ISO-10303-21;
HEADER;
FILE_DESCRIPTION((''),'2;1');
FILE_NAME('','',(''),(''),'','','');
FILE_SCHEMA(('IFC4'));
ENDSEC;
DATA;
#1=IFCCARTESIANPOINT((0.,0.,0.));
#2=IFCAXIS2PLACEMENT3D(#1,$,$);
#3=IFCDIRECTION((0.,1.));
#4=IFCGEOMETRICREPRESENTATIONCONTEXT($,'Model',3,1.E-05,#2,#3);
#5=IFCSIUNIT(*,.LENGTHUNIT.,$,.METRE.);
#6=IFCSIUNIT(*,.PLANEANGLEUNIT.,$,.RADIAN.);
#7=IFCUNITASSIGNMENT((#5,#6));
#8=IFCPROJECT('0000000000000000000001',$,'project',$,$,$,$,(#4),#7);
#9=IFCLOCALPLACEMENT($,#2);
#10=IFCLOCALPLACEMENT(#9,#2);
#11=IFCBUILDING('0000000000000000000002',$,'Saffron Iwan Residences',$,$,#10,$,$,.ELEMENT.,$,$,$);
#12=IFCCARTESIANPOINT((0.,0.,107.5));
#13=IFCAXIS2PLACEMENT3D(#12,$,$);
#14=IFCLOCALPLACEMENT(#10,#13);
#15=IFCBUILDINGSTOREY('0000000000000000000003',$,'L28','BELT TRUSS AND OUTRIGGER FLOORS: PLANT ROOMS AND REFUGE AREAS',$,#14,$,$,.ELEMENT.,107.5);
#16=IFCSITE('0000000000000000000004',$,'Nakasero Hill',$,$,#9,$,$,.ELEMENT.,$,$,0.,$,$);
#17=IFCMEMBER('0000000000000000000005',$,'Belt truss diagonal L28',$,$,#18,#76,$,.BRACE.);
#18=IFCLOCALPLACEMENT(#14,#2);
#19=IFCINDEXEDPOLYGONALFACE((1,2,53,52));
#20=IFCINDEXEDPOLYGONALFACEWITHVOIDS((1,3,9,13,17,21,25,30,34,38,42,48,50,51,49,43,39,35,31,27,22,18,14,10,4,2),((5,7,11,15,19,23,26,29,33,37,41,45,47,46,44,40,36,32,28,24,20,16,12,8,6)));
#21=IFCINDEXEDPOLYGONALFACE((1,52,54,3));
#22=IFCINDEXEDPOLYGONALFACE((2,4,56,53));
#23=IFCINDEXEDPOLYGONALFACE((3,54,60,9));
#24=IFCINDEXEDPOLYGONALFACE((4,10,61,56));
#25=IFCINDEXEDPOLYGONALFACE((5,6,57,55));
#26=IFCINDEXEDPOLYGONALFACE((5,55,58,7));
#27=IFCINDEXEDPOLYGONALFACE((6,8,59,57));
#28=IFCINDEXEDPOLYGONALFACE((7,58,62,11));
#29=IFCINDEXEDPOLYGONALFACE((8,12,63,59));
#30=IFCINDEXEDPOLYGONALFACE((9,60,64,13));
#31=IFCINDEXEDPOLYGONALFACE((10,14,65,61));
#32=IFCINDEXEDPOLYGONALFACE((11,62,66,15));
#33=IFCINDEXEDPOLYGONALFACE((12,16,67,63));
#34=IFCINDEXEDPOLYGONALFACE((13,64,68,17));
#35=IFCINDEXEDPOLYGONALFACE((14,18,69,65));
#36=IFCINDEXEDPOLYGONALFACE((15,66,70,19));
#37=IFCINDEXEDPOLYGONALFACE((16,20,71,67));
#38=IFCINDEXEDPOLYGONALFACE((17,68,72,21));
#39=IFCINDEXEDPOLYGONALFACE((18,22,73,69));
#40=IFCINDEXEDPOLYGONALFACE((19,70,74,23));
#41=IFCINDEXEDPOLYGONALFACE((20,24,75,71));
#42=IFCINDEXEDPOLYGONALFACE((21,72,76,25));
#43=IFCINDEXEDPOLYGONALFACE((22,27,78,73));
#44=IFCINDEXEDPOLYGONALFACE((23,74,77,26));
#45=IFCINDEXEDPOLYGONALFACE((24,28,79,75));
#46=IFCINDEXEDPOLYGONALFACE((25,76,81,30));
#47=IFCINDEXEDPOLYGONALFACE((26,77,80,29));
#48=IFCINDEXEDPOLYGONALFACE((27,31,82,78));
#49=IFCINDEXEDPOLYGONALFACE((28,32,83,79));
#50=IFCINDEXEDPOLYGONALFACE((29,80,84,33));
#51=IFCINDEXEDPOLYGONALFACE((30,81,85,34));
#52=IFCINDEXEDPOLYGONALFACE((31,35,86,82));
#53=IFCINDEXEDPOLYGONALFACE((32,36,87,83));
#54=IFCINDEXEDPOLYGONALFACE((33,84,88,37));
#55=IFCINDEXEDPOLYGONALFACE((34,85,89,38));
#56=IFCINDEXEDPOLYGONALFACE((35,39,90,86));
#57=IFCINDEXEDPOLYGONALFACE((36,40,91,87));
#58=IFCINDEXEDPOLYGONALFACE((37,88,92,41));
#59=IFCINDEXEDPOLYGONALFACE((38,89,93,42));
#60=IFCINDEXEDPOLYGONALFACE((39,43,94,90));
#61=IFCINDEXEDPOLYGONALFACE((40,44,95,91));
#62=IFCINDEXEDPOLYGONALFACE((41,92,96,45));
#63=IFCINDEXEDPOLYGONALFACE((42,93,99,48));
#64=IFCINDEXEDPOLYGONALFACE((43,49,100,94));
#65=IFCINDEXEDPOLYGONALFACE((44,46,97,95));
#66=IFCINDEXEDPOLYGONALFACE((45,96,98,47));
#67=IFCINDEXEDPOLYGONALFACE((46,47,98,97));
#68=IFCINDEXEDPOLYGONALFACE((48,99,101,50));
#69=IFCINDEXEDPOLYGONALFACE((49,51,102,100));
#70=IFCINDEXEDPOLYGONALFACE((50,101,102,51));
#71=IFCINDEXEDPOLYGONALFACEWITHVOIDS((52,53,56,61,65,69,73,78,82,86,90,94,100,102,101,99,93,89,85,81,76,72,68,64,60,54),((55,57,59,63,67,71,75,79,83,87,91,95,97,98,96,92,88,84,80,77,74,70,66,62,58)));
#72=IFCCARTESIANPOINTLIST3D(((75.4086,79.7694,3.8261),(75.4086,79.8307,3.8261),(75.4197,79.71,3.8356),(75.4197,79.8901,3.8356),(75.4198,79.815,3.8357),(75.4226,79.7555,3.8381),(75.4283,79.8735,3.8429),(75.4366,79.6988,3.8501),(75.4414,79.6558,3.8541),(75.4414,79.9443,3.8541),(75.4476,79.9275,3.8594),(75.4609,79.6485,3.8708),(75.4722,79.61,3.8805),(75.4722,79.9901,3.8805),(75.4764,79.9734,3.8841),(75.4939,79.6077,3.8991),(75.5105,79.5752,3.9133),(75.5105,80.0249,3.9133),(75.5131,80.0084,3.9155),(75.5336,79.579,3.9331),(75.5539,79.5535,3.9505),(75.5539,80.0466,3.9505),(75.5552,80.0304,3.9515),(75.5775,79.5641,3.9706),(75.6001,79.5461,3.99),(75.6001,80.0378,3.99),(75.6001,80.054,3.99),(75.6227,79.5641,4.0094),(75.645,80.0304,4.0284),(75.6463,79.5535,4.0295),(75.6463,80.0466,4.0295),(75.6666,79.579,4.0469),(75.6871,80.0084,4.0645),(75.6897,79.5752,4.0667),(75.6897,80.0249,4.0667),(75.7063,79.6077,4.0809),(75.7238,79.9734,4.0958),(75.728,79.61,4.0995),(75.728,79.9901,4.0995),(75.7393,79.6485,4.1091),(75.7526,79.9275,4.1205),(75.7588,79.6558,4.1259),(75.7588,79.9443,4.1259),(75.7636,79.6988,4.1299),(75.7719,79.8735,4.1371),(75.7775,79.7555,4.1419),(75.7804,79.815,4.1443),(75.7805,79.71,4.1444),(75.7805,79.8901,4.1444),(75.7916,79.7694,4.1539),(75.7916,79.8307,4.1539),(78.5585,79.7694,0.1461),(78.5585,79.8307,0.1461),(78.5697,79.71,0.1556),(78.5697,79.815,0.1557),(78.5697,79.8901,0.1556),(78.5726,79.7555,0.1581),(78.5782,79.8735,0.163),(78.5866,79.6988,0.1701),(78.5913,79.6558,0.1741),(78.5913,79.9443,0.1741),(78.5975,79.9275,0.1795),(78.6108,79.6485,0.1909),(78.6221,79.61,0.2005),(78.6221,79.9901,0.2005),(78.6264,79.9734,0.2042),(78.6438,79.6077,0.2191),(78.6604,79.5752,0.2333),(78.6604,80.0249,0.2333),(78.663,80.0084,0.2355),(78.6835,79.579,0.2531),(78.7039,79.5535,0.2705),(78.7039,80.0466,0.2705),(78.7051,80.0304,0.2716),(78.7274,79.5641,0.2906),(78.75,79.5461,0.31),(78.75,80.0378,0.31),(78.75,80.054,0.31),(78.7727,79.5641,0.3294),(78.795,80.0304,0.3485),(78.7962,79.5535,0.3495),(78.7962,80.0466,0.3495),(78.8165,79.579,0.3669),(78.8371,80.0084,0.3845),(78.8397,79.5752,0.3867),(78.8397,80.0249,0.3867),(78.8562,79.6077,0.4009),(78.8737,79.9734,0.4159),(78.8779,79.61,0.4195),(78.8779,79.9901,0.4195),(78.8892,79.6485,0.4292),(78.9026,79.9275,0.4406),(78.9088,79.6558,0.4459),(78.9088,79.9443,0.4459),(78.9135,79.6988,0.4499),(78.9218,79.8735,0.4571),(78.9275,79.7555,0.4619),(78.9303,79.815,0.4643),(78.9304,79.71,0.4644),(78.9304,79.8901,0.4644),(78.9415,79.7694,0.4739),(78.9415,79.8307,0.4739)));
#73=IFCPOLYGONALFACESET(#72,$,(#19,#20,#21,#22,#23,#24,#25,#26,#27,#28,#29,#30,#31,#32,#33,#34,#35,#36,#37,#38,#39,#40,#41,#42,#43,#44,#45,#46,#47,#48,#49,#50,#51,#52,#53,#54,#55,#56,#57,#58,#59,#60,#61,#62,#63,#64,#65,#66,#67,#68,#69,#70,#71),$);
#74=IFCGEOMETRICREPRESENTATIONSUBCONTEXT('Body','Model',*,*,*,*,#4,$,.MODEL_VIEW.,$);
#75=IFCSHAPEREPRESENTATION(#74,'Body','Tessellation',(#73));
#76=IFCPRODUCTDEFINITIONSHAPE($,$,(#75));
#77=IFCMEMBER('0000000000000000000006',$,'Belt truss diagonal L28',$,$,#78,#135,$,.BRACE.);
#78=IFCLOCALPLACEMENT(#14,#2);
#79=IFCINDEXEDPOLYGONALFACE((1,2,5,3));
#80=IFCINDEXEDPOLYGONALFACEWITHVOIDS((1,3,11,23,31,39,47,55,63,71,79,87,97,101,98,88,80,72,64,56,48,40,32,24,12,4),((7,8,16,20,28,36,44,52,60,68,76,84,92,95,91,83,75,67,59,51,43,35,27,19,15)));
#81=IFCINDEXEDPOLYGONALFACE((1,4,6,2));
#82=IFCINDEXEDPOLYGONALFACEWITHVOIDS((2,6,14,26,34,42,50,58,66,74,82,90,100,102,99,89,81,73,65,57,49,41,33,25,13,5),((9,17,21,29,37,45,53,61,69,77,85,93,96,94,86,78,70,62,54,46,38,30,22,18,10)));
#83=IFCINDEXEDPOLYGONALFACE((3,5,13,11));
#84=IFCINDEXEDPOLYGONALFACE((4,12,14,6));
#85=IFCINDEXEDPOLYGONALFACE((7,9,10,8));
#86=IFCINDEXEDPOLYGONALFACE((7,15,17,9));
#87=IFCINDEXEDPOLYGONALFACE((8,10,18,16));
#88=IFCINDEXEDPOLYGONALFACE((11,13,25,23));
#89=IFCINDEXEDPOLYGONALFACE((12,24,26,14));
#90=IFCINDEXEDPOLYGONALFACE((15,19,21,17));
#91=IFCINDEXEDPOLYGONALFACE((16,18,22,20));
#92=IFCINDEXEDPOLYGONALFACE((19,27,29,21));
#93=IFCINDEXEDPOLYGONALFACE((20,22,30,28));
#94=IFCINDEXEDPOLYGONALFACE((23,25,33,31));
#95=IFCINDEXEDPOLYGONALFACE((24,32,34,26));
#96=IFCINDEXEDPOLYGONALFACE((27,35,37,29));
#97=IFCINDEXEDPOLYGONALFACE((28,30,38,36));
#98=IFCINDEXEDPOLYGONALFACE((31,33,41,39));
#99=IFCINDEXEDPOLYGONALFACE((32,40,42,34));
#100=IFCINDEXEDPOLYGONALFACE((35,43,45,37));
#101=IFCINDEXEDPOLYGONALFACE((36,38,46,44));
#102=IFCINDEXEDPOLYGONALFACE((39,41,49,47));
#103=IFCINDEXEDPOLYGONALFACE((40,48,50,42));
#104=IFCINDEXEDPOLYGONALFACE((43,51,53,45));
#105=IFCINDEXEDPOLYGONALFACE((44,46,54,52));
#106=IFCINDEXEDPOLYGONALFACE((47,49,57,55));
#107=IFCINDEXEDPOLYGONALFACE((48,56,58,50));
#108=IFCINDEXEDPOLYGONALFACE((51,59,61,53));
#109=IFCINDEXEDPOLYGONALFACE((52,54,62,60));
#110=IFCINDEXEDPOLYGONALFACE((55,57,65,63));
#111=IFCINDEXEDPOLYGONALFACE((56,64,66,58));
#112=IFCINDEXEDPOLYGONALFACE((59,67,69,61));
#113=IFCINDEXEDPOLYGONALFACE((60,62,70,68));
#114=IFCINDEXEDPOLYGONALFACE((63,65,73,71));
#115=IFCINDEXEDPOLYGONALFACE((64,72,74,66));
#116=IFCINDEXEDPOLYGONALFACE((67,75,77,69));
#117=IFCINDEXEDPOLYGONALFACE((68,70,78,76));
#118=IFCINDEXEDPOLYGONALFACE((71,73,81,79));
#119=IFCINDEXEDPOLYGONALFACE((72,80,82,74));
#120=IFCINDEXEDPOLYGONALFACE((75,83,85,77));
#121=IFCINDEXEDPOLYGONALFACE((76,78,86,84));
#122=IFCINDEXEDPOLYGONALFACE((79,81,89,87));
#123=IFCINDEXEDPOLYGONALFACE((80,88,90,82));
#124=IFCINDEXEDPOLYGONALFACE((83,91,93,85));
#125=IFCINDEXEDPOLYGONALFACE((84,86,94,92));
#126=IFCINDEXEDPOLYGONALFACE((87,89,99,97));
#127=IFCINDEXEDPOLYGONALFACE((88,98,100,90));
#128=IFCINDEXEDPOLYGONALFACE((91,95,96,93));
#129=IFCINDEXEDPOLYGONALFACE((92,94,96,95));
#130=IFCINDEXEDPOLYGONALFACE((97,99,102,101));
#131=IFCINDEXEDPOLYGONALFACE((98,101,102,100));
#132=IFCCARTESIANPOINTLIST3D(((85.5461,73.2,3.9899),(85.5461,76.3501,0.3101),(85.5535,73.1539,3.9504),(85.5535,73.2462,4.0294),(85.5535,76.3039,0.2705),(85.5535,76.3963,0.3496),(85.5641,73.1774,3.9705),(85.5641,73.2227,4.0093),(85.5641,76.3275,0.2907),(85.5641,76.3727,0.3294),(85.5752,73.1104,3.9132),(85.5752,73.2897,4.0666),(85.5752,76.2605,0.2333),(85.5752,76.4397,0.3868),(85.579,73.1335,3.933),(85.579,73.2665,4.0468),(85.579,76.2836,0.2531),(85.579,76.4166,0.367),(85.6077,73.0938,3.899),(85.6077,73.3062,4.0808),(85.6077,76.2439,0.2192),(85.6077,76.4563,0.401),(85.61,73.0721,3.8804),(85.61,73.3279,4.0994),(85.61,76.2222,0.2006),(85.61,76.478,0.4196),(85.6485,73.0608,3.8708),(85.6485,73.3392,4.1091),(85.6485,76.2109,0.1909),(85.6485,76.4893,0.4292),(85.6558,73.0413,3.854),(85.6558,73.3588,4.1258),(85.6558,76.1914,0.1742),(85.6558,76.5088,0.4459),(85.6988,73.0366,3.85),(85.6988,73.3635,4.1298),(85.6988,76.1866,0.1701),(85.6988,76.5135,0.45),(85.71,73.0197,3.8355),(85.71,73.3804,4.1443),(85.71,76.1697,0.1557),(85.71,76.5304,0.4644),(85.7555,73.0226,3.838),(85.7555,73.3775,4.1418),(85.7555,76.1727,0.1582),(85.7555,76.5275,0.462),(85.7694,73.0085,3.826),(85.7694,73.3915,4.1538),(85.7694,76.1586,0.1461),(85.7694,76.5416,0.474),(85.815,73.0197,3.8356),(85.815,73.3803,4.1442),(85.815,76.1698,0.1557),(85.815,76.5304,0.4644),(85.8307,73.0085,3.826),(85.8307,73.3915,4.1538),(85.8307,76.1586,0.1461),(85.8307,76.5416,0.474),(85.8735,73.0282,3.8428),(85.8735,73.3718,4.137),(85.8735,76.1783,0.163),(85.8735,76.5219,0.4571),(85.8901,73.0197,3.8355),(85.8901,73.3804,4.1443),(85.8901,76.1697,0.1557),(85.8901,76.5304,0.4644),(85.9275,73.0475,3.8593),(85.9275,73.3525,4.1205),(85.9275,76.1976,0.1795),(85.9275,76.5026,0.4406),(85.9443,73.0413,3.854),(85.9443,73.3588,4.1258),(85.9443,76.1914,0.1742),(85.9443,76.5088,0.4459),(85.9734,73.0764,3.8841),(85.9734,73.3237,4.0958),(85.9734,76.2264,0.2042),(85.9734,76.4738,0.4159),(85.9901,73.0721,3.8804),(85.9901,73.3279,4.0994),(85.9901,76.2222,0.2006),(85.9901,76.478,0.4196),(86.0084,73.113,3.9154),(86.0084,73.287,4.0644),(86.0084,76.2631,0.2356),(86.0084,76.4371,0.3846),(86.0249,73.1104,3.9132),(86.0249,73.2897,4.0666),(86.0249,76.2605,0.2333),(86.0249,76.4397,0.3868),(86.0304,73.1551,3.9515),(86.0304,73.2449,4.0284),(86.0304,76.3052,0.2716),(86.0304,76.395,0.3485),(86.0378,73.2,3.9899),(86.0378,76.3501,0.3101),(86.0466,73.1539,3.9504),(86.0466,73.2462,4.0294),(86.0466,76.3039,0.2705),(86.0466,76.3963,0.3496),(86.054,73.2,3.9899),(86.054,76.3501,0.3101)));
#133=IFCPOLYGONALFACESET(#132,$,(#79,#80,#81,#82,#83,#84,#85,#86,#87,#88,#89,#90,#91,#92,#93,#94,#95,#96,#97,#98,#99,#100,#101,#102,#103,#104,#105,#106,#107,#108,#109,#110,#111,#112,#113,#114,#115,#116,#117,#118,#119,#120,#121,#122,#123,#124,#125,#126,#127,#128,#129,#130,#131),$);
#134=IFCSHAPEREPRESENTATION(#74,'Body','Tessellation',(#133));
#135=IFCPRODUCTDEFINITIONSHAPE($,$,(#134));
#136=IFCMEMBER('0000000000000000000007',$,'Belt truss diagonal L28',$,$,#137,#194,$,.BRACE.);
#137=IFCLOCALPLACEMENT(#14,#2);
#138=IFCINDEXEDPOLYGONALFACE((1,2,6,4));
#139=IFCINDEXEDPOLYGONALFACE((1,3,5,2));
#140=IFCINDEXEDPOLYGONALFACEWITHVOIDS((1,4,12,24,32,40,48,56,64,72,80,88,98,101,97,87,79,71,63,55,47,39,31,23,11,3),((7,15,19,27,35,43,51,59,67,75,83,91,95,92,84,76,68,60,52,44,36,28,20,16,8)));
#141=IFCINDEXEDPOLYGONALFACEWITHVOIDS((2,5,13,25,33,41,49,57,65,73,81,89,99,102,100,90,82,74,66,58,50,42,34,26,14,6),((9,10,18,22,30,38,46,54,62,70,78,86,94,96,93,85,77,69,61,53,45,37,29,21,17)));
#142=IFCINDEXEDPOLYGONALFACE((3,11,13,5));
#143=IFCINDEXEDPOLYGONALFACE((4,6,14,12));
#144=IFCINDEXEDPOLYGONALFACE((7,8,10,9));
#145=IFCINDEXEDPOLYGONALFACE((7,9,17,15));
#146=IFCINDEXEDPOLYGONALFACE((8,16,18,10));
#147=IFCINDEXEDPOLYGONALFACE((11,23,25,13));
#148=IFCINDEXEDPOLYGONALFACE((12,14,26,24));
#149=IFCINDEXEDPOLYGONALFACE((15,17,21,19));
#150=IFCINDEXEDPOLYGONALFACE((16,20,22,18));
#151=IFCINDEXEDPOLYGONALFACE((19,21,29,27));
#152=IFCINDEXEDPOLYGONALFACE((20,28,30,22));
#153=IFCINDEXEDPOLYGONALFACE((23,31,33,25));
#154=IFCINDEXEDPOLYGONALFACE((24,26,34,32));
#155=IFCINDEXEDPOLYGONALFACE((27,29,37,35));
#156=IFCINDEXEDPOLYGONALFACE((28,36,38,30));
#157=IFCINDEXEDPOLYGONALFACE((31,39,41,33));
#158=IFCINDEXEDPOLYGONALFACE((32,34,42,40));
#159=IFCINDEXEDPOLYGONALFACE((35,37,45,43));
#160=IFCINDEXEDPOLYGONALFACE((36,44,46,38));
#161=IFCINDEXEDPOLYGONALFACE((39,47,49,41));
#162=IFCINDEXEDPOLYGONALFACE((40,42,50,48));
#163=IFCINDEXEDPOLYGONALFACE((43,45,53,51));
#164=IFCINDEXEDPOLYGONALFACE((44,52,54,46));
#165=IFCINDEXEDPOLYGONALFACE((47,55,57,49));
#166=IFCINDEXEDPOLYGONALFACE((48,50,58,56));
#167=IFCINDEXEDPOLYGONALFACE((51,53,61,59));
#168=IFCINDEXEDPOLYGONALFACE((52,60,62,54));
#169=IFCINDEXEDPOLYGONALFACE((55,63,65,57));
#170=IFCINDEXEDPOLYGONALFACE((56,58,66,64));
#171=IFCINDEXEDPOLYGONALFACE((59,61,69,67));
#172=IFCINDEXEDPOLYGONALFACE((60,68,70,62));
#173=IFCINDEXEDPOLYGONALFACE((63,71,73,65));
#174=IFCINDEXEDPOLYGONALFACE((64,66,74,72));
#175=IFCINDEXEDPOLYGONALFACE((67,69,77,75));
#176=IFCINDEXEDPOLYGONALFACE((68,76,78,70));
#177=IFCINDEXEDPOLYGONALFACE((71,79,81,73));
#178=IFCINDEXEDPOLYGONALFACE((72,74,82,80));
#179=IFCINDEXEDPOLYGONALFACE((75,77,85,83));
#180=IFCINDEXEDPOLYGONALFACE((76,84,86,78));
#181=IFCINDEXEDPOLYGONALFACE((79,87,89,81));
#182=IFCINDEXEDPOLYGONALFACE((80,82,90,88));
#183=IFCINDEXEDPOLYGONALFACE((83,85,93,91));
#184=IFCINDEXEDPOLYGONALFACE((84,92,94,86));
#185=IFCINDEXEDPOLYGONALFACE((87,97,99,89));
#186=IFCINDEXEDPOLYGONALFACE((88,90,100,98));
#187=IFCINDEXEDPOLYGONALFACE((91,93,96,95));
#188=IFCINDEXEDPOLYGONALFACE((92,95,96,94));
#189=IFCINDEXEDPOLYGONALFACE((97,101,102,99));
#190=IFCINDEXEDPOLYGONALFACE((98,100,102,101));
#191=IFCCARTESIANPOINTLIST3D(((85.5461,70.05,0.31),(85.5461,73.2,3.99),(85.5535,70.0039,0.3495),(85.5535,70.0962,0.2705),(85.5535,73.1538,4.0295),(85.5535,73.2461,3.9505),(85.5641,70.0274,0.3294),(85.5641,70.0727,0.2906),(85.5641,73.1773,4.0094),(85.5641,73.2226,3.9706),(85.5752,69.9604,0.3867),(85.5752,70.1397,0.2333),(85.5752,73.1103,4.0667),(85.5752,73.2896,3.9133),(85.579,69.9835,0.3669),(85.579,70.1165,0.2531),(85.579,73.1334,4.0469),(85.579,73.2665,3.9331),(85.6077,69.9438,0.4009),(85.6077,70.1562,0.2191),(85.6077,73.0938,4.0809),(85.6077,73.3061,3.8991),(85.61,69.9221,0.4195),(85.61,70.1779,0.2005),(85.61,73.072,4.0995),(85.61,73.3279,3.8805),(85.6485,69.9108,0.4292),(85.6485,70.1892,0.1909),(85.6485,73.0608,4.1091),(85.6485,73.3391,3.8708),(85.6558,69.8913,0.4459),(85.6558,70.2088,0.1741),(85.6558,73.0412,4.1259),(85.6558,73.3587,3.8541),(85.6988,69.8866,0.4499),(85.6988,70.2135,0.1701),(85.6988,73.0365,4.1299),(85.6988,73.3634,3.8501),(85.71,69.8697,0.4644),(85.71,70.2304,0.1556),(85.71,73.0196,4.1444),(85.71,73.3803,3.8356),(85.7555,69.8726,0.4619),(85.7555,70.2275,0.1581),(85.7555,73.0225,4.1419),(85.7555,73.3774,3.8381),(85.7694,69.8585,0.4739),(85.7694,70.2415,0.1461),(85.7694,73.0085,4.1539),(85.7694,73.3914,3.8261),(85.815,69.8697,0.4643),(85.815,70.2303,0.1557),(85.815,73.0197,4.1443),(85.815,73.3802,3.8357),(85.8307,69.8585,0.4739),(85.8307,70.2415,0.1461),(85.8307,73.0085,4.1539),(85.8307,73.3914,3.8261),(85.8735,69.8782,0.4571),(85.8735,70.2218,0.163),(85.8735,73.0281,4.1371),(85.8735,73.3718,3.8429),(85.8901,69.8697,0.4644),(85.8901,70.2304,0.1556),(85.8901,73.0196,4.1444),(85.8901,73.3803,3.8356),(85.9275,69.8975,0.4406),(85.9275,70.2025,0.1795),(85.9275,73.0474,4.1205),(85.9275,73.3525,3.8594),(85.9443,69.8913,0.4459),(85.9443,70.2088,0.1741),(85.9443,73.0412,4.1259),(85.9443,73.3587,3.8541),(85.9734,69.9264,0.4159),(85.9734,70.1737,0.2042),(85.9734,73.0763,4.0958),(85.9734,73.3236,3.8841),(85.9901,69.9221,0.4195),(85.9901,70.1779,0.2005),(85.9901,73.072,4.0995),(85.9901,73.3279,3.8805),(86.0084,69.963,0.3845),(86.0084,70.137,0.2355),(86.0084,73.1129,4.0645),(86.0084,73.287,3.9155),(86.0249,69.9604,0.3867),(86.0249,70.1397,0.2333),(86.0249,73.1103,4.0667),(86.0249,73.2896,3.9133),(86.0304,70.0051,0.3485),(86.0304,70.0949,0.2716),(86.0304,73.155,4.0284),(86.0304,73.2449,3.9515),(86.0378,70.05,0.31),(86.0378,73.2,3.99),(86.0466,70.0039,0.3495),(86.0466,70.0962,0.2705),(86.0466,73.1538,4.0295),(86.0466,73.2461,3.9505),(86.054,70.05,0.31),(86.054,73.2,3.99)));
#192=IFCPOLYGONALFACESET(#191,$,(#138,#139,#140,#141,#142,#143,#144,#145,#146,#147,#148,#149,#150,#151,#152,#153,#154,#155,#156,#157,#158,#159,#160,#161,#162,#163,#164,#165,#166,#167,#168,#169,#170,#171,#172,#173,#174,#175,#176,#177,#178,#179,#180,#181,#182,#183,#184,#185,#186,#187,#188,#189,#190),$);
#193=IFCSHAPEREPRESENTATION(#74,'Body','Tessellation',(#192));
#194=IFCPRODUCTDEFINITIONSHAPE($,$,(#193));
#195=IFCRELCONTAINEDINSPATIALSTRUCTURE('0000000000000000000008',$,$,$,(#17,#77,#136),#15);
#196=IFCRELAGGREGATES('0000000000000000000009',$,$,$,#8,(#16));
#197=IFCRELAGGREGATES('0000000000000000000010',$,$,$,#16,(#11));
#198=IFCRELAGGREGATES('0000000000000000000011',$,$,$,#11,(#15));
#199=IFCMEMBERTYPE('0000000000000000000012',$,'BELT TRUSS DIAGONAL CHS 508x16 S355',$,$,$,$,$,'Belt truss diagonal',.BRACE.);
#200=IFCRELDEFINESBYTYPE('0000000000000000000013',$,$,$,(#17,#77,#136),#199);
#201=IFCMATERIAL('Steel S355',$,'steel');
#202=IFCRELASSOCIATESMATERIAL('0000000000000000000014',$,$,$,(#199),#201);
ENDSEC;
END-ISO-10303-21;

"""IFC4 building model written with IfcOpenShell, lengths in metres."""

from ifc_helpers import new_model, si_unit, direction, frame, origin, origin_2d, place, context, subcontext, project, spatial, hollow_circle, extrude, source, transform, mapped, material, material_profile, profile_set, type_object, element, save


model = new_model("IFC4")

# Units and contexts
model_context = context("Model", 3, precision=1e-05, world=origin(), true_north=direction((0.0, 1.0)))
body_context = subcontext(model_context, "Body", "Model", "MODEL_VIEW")
ifc_project = project(units=[si_unit("LENGTHUNIT", "METRE"), si_unit("PLANEANGLEUNIT", "RADIAN")], contexts=[model_context])

# Site, building, storey
site_placement = place(None, origin())
site = spatial("IfcSite", under=ifc_project, at=site_placement, Name="Nakasero Hill", CompositionType="ELEMENT", RefElevation=0.0)
building_placement = place(site_placement, origin())
building = spatial("IfcBuilding", under=site, at=building_placement, Name="Saffron Iwan Residences", CompositionType="ELEMENT")
storey_placement = place(building_placement, frame((0.0, 0.0, 107.5)))
storey = spatial("IfcBuildingStorey", under=building, at=storey_placement, Name="L28", Description="BELT TRUSS AND OUTRIGGER FLOORS: PLANT ROOMS AND REFUGE AREAS", CompositionType="ELEMENT", Elevation=107.5)

# Members
ifc_material_1 = material(Name="Steel S355", Category="steel")
ifc_material_profile_1 = material_profile(ifc_material_1, hollow_circle(Radius=0.2539, WallThickness=0.0161, at=origin_2d()), Name="CHS 508x16")
ifc_profile_set_1 = profile_set([ifc_material_profile_1], Name="Steel S355")
member_type_1 = type_object("IfcMemberType", Name="BELT TRUSS DIAGONAL CHS 508x16 S355", ElementType="Belt truss diagonal", PredefinedType="BRACE", material=ifc_profile_set_1)
shared_shape_1 = source(origin(), body_context, "Body", "SweptSolid", [
    extrude(hollow_circle(Radius=0.2539, WallThickness=0.0161, at=origin_2d()), origin(), (0.0, 0.0, 1.0), 4.844),
])
for number, where, z_axis, x_axis, name in (
    (1, (75.6001, 79.8, 3.99), (0.650277, 0.0, -0.759698), (0.0, 1.0, 0.0), "Belt truss diagonal L28"),
    (2, (85.8, 76.3501, 0.3101), (0.0, -0.650306, 0.759673), (1.0, 0.0, 0.0), "Belt truss diagonal L28"),
    (3, (85.8, 73.2, 3.99), (0.0, -0.650277, -0.759698), (1.0, 0.0, 0.0), "Belt truss diagonal L28"),
):
    element("IfcMember", number, at=place(storey_placement, frame(where, z_axis=z_axis, x_axis=x_axis)), inside=storey, type_object=member_type_1, Name=name, PredefinedType="BRACE", context=body_context, shape_type="MappedRepresentation", body=[
        mapped(shared_shape_1, transform((0.0, 0.0, 0.0))),
    ])

save(model, "model.ifc")
